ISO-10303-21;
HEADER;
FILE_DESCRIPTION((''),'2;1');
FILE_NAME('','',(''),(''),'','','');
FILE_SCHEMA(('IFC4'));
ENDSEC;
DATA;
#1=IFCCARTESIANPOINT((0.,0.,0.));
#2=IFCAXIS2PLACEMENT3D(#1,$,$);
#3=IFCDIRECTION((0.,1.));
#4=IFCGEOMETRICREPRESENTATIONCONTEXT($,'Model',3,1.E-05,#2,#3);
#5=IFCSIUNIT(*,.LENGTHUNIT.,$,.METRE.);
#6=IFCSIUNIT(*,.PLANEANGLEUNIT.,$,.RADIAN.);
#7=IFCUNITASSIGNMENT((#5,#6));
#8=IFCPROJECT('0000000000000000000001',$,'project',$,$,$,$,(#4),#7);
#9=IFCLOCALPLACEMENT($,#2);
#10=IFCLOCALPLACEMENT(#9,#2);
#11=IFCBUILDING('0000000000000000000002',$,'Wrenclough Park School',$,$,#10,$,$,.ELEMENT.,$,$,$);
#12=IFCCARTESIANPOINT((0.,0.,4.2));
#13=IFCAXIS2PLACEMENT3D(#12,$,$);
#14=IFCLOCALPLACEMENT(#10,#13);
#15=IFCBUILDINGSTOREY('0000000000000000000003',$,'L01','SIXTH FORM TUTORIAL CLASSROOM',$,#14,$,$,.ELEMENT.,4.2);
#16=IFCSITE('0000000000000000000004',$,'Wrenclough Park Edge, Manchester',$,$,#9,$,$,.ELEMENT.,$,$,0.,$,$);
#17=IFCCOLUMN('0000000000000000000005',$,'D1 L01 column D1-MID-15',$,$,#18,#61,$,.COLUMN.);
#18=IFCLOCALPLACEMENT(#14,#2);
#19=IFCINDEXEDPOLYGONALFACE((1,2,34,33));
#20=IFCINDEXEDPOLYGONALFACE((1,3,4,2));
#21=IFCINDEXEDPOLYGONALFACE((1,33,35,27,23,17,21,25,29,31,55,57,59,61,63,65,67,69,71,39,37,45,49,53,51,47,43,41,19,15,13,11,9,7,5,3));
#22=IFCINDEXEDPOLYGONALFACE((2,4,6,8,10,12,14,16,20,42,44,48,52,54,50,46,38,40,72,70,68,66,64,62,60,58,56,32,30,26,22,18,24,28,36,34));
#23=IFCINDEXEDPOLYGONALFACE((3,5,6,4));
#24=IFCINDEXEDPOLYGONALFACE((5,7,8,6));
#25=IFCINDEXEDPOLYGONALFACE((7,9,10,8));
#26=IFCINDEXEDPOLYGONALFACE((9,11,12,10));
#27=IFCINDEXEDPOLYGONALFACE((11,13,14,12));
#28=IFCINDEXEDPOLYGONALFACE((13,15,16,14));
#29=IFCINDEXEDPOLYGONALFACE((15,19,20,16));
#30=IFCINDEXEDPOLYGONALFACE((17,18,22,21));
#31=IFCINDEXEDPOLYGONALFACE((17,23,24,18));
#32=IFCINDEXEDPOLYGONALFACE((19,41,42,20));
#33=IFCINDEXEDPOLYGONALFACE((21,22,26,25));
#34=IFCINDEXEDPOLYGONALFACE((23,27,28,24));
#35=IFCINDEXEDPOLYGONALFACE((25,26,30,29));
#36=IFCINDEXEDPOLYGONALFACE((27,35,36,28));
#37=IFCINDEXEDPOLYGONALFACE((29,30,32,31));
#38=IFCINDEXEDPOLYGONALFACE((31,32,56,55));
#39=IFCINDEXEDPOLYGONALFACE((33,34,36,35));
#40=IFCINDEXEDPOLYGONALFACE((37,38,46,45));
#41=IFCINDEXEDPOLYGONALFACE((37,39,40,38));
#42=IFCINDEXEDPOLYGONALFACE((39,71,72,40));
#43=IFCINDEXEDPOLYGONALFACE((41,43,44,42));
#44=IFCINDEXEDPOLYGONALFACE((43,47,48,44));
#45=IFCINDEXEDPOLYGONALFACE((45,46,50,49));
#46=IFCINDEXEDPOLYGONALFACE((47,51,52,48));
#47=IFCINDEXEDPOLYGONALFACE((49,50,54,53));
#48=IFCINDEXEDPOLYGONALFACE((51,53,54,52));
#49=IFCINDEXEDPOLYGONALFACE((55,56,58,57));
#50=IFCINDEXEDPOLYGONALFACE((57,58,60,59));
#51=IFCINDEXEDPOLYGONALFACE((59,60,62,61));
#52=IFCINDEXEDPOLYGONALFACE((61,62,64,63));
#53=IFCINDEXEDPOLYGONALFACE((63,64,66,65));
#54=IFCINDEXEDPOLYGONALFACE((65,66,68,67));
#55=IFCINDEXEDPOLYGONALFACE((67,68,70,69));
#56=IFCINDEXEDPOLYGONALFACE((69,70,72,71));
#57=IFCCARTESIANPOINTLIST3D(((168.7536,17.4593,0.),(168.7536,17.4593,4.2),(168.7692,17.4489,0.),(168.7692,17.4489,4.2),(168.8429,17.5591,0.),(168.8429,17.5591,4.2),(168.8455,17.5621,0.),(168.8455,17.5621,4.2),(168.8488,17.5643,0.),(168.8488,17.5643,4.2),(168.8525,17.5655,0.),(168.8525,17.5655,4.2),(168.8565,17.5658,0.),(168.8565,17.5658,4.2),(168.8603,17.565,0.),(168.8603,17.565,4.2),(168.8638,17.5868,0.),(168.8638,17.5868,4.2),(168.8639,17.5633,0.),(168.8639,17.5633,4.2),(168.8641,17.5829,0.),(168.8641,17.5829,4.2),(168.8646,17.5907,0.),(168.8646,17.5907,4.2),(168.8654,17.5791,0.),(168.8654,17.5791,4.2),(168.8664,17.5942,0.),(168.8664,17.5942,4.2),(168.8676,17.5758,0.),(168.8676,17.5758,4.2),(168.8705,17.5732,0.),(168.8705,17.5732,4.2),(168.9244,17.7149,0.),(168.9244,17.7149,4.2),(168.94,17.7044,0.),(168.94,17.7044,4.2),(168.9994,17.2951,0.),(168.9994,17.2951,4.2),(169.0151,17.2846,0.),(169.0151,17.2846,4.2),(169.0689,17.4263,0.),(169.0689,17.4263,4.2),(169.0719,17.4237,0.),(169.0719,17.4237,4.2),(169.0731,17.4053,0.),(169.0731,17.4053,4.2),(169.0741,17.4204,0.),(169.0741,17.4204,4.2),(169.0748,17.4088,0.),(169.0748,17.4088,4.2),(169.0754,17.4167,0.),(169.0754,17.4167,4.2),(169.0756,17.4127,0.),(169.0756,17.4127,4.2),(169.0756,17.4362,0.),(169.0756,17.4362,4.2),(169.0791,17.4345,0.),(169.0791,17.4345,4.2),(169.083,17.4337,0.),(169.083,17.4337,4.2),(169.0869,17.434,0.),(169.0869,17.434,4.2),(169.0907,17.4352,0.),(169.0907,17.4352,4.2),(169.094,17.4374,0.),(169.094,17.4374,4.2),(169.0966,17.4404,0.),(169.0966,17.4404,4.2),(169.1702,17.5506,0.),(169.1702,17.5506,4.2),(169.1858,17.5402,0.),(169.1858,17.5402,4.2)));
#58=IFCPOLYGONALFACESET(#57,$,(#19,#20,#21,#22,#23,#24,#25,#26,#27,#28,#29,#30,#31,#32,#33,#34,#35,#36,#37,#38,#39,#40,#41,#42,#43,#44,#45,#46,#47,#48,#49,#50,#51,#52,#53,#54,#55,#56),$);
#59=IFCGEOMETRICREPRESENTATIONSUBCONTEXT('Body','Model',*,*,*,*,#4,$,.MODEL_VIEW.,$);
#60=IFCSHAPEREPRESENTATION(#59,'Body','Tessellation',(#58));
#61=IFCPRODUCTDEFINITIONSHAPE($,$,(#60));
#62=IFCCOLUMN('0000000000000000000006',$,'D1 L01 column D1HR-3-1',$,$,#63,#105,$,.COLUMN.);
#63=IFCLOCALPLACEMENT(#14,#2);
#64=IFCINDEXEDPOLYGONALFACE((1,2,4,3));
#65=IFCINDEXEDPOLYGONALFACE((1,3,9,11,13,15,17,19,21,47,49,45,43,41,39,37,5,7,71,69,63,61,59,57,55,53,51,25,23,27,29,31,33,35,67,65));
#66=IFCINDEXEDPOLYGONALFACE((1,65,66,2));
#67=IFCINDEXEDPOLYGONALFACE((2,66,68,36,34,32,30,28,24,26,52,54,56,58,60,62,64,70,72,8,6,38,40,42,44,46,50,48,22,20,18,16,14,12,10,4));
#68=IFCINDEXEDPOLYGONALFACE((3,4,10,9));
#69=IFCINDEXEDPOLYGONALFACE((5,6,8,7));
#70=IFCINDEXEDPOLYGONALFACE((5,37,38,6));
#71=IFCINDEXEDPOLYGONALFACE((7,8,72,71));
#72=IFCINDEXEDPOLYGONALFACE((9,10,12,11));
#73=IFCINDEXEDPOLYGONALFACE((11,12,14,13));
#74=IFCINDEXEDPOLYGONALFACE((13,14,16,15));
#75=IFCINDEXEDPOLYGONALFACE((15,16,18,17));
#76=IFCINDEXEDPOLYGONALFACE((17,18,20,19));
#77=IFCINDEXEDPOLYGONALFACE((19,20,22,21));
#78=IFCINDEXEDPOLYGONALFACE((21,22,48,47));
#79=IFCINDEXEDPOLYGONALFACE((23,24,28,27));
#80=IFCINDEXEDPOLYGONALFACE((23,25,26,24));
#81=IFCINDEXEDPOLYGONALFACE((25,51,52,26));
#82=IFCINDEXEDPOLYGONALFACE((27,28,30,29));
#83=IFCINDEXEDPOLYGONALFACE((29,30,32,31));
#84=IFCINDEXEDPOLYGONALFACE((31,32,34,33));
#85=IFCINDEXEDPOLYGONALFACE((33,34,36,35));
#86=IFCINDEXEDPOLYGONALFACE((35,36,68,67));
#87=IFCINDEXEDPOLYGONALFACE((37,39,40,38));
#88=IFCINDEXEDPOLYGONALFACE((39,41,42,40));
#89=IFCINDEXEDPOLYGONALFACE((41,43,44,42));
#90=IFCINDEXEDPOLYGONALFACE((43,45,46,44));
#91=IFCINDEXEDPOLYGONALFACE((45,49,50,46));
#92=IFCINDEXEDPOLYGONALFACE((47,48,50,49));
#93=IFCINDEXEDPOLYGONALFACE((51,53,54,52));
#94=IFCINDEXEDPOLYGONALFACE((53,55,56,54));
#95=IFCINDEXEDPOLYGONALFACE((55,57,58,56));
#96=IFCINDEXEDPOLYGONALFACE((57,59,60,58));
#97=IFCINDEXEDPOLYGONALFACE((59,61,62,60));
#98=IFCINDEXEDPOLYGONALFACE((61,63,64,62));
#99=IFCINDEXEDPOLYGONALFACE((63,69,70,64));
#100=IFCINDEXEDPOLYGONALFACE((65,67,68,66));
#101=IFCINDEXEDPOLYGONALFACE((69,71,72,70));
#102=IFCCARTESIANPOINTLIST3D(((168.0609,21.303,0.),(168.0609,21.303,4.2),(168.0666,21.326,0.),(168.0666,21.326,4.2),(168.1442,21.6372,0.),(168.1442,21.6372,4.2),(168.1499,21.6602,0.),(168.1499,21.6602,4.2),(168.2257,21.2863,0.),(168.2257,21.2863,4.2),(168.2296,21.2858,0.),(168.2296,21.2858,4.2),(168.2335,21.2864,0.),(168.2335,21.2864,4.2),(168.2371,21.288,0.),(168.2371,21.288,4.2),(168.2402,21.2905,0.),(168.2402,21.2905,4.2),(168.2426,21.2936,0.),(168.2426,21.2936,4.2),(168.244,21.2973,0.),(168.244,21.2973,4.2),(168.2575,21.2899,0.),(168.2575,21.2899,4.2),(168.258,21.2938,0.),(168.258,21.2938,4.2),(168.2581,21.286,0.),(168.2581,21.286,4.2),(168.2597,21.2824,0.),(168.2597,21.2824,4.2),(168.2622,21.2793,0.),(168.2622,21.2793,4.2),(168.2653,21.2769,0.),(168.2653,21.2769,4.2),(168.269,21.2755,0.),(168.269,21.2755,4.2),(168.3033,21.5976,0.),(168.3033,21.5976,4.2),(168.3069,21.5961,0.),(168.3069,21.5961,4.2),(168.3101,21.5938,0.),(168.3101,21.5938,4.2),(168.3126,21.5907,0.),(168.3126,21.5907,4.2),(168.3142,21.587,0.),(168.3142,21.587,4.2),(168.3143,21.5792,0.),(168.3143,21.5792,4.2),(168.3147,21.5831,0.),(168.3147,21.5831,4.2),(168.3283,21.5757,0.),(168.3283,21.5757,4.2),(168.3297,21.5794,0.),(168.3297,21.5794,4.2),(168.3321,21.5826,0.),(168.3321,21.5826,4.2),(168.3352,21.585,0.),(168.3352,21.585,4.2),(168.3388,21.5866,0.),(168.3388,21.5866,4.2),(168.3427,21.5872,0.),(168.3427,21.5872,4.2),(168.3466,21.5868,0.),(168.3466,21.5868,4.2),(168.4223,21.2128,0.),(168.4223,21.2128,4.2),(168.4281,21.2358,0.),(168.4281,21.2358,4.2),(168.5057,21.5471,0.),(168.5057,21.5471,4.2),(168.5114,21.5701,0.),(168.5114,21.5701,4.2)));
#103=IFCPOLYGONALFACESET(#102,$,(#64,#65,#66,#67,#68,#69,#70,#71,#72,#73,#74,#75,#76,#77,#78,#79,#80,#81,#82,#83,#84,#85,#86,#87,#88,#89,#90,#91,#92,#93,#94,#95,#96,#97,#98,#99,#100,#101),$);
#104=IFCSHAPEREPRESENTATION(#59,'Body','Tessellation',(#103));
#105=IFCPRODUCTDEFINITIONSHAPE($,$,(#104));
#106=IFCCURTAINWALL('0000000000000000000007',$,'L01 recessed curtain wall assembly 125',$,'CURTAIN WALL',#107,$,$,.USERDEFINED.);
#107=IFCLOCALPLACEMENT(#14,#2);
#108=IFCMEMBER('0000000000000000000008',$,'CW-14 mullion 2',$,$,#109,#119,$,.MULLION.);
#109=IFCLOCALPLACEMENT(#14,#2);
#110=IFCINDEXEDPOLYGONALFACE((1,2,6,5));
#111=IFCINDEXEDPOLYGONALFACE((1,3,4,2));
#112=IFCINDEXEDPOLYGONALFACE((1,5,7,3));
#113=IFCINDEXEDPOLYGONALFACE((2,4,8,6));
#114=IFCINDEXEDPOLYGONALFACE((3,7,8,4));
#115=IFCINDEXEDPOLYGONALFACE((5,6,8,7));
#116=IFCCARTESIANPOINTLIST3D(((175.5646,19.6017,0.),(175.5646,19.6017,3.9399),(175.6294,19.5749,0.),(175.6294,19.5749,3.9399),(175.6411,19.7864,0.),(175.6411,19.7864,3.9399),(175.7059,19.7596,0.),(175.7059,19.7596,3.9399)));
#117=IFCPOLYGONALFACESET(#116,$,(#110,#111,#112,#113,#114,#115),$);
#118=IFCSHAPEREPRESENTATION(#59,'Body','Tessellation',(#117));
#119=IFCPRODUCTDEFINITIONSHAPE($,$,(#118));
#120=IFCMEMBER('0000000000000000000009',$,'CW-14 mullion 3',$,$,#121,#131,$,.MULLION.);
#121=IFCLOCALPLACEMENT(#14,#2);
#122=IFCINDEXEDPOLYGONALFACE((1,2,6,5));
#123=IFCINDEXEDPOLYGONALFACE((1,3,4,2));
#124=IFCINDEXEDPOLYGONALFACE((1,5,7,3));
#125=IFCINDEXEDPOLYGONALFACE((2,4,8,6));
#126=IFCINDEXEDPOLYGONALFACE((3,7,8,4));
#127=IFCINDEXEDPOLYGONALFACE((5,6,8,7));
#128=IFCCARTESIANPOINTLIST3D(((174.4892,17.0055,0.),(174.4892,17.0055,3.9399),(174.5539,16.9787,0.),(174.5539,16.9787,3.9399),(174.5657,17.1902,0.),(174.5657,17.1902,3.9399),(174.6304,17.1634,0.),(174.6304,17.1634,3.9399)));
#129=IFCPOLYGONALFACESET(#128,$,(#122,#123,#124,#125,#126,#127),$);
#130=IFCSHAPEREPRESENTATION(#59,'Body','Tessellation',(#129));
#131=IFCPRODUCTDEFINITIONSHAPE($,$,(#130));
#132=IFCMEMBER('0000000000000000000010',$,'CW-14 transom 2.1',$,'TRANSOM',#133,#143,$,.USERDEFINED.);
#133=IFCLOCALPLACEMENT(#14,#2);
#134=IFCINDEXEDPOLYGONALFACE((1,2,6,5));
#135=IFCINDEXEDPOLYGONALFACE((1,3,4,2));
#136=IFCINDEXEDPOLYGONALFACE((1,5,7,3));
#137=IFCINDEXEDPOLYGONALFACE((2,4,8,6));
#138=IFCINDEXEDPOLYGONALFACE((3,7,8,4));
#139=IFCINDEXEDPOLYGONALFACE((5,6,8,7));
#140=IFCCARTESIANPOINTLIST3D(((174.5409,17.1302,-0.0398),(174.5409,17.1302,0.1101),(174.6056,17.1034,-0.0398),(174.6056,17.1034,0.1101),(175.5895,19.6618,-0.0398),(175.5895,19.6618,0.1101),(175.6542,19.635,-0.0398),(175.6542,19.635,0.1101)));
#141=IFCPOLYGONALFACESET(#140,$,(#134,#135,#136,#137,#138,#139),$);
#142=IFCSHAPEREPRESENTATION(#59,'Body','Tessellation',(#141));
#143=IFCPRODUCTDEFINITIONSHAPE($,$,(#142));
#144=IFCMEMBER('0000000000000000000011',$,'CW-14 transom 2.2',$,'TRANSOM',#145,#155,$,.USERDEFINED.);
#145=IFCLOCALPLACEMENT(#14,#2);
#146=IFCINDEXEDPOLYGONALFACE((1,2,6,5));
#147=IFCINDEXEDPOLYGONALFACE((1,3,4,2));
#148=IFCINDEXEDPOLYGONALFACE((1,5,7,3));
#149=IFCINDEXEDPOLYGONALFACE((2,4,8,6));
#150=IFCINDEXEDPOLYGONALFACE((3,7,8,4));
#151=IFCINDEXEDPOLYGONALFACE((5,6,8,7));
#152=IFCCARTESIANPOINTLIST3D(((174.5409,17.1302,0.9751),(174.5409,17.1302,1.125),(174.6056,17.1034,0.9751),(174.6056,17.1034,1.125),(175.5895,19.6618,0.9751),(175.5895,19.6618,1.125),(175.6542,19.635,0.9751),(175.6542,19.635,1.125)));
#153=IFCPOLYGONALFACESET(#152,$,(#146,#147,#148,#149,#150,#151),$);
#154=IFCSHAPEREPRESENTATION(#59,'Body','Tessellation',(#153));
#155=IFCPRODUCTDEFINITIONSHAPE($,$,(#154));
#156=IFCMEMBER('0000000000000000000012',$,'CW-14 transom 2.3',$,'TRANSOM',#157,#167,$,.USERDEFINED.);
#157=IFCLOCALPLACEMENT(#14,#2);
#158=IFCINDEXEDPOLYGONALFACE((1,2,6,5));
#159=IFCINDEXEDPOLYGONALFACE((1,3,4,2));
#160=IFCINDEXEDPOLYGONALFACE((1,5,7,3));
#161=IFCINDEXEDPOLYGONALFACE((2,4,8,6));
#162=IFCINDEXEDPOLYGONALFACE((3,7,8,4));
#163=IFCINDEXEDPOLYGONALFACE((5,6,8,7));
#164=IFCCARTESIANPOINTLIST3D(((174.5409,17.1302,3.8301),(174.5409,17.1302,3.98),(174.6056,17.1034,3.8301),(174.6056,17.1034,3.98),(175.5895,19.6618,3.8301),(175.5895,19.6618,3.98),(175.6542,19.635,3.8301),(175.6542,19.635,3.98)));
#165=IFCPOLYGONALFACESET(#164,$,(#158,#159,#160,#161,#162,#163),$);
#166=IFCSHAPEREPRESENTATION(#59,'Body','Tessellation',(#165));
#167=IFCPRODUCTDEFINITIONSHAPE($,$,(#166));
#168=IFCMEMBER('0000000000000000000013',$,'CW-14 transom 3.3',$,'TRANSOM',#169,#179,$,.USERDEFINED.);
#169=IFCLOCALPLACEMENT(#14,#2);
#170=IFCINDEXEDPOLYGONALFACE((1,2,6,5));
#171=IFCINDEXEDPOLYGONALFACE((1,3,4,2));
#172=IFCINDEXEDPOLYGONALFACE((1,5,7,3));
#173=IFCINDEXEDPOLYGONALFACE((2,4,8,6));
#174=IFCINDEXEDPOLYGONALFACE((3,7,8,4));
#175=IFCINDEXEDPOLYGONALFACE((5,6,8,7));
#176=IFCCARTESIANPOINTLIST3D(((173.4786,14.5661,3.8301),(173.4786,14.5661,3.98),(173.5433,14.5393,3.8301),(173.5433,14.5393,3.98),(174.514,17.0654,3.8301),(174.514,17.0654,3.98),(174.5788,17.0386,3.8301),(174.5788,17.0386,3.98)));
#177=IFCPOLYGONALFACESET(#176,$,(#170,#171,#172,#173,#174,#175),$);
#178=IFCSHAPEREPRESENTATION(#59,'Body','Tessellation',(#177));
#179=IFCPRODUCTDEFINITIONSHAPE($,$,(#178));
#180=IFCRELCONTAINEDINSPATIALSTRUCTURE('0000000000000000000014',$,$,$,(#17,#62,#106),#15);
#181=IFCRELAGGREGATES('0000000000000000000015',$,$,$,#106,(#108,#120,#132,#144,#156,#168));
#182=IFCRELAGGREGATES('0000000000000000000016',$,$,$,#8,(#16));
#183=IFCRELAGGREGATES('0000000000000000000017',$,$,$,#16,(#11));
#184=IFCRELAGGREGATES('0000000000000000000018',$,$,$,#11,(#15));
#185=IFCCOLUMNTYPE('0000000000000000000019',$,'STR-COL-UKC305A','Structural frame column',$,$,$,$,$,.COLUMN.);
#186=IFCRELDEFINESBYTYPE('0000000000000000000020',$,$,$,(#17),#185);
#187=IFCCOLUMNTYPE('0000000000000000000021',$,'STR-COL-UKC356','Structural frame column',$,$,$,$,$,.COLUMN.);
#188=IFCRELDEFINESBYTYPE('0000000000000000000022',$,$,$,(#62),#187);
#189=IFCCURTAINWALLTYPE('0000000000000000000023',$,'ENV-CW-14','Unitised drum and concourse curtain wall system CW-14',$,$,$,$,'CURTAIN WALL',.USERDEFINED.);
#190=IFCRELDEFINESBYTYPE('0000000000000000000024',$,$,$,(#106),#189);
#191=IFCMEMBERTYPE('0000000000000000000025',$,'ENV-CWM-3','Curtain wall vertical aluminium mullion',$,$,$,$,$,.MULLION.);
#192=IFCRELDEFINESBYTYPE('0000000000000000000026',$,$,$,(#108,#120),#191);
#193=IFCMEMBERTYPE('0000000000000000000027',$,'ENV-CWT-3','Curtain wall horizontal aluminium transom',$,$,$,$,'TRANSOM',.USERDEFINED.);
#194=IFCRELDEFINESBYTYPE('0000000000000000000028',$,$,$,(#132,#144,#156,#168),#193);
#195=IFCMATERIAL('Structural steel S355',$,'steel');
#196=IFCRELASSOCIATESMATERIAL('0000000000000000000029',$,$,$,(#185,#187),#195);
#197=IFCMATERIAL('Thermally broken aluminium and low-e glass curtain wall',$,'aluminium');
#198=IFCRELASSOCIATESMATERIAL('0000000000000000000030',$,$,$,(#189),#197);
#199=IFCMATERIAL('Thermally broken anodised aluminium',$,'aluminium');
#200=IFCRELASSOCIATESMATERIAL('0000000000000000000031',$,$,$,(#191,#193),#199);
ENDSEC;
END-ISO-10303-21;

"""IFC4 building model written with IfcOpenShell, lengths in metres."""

from ifc_helpers import new_model, si_unit, direction, frame, origin, origin_2d, place, context, subcontext, project, spatial, rectangle, i_section, extrude, material, material_profile, profile_set, type_object, element, aggregate, save


model = new_model("IFC4")

# Units and contexts
model_context = context("Model", 3, precision=1e-05, world=origin(), true_north=direction((0.0, 1.0)))
body_context = subcontext(model_context, "Body", "Model", "MODEL_VIEW")
ifc_project = project(units=[si_unit("LENGTHUNIT", "METRE"), si_unit("PLANEANGLEUNIT", "RADIAN")], contexts=[model_context])

# Site, building, storey
site_placement = place(None, origin())
site = spatial("IfcSite", under=ifc_project, at=site_placement, Name="Wrenclough Park Edge, Manchester", CompositionType="ELEMENT", RefElevation=0.0)
building_placement = place(site_placement, origin())
building = spatial("IfcBuilding", under=site, at=building_placement, Name="Wrenclough Park School", CompositionType="ELEMENT")
storey_placement = place(building_placement, frame((0.0, 0.0, 4.2)))
storey = spatial("IfcBuildingStorey", under=building, at=storey_placement, Name="L01", Description="SIXTH FORM TUTORIAL CLASSROOM", CompositionType="ELEMENT", Elevation=4.2)

# Columns
ifc_material_1 = material(Name="Structural steel S355", Category="steel")
ifc_material_profile_1 = material_profile(ifc_material_1, i_section(OverallWidth=0.3074, OverallDepth=0.3145, WebThickness=0.012, FlangeThickness=0.0188, FilletRadius=0.0151, at=origin_2d()), Name="UKC 305x305x118")
ifc_profile_set_1 = profile_set([ifc_material_profile_1], Name="Structural steel S355")
column_type_1 = type_object("IfcColumnType", Name="STR-COL-UKC305A", Description="Structural frame column", PredefinedType="COLUMN", material=ifc_profile_set_1)
column_1_placement = place(storey_placement, frame((168.9697, 17.4998, 0.0), z_axis=(0.0, 0.0, 1.0), x_axis=(0.55557, 0.83147, 0.0)))
element("IfcColumn", 1, at=column_1_placement, inside=storey, type_object=column_type_1, Name="D1 L01 column D1-MID-15", PredefinedType="COLUMN", context=body_context, shape_type="SweptSolid", body=[
    extrude(i_section(OverallWidth=0.3074, OverallDepth=0.3145, WebThickness=0.012, FlangeThickness=0.0188, FilletRadius=0.0151, at=origin_2d()), origin(), (0.0, 0.0, 1.0), 4.2),
])
ifc_material_profile_2 = material_profile(ifc_material_1, i_section(OverallWidth=0.3726, OverallDepth=0.3682, WebThickness=0.0144, FlangeThickness=0.0237, FilletRadius=0.0151, at=origin_2d()), Name="UKC 356x368x177")
ifc_profile_set_2 = profile_set([ifc_material_profile_2], Name="Structural steel S355")
column_type_2 = type_object("IfcColumnType", Name="STR-COL-UKC356", Description="Structural frame column", PredefinedType="COLUMN", material=ifc_profile_set_2)
column_2_placement = place(storey_placement, frame((168.2861, 21.4365, 0.0), z_axis=(0.0, 0.0, 1.0), x_axis=(0.970296, -0.241922, 0.0)))
element("IfcColumn", 2, at=column_2_placement, inside=storey, type_object=column_type_2, Name="D1 L01 column D1HR-3-1", PredefinedType="COLUMN", context=body_context, shape_type="SweptSolid", body=[
    extrude(i_section(OverallWidth=0.3726, OverallDepth=0.3682, WebThickness=0.0144, FlangeThickness=0.0237, FilletRadius=0.0151, at=origin_2d()), origin(), (0.0, 0.0, 1.0), 4.2),
])

# Curtain wall, members
ifc_material_2 = material(Name="Thermally broken aluminium and low-e glass curtain wall", Category="aluminium")
curtain_wall_type = type_object("IfcCurtainWallType", Name="ENV-CW-14", Description="Unitised drum and concourse curtain wall system CW-14", ElementType="CURTAIN WALL", PredefinedType="USERDEFINED", material=ifc_material_2)
curtain_wall_placement = place(storey_placement, origin())
curtain_wall = element("IfcCurtainWall", 3, at=curtain_wall_placement, inside=storey, type_object=curtain_wall_type, Name="L01 recessed curtain wall assembly 125", ObjectType="CURTAIN WALL", PredefinedType="USERDEFINED")
ifc_material_3 = material(Name="Thermally broken anodised aluminium", Category="aluminium")
ifc_material_profile_3 = material_profile(ifc_material_3, rectangle(XDim=0.0701, YDim=0.2, at=origin_2d()), Name="AL MULLION 70x200")
ifc_profile_set_3 = profile_set([ifc_material_profile_3], Name="Thermally broken anodised aluminium")
member_type_1 = type_object("IfcMemberType", Name="ENV-CWM-3", Description="Curtain wall vertical aluminium mullion", PredefinedType="MULLION", material=ifc_profile_set_3)
member_1_placement = place(storey_placement, frame((175.6353, 19.6807, 0.0), z_axis=(0.0, 0.0, 1.0), x_axis=(0.923878, -0.382687, 0.0)))
member_1 = element("IfcMember", 4, at=member_1_placement, type_object=member_type_1, Name="CW-14 mullion 2", PredefinedType="MULLION", context=body_context, shape_type="SweptSolid", body=[
    extrude(rectangle(XDim=0.0701, YDim=0.2, at=origin_2d()), origin(), (0.0, 0.0, 1.0), 3.9399),
])
member_2_placement = place(storey_placement, frame((174.5598, 17.0845, 0.0), z_axis=(0.0, 0.0, 1.0), x_axis=(0.923878, -0.382687, 0.0)))
member_2 = element("IfcMember", 5, at=member_2_placement, type_object=member_type_1, Name="CW-14 mullion 3", PredefinedType="MULLION", context=body_context, shape_type="SweptSolid", body=[
    extrude(rectangle(XDim=0.0701, YDim=0.2, at=origin_2d()), origin(), (0.0, 0.0, 1.0), 3.9399),
])
ifc_material_profile_4 = material_profile(ifc_material_3, rectangle(XDim=0.0701, YDim=0.1499, at=origin_2d()), Name="AL TRANSOM 70x150")
ifc_profile_set_4 = profile_set([ifc_material_profile_4], Name="Thermally broken anodised aluminium")
member_type_2 = type_object("IfcMemberType", Name="ENV-CWT-3", Description="Curtain wall horizontal aluminium transom", ElementType="TRANSOM", PredefinedType="USERDEFINED", material=ifc_profile_set_4)
member_3_placement = place(storey_placement, frame((175.6218, 19.6484, 0.0352), z_axis=(-0.382653, -0.923892, 0.0), x_axis=(0.923892, -0.382653, 0.0)))
member_3 = element("IfcMember", 6, at=member_3_placement, type_object=member_type_2, Name="CW-14 transom 2.1", ObjectType="TRANSOM", PredefinedType="USERDEFINED", context=body_context, shape_type="SweptSolid", body=[
    extrude(rectangle(XDim=0.0701, YDim=0.1499, at=origin_2d()), origin(), (0.0, 0.0, 1.0), 2.7402),
])
member_4_placement = place(storey_placement, frame((175.6218, 19.6484, 1.05), z_axis=(-0.382653, -0.923892, 0.0), x_axis=(0.923892, -0.382653, 0.0)))
member_4 = element("IfcMember", 7, at=member_4_placement, type_object=member_type_2, Name="CW-14 transom 2.2", ObjectType="TRANSOM", PredefinedType="USERDEFINED", context=body_context, shape_type="SweptSolid", body=[
    extrude(rectangle(XDim=0.0701, YDim=0.1499, at=origin_2d()), origin(), (0.0, 0.0, 1.0), 2.7402),
])
member_5_placement = place(storey_placement, frame((175.6218, 19.6484, 3.905), z_axis=(-0.382653, -0.923892, 0.0), x_axis=(0.923892, -0.382653, 0.0)))
member_5 = element("IfcMember", 8, at=member_5_placement, type_object=member_type_2, Name="CW-14 transom 2.3", ObjectType="TRANSOM", PredefinedType="USERDEFINED", context=body_context, shape_type="SweptSolid", body=[
    extrude(rectangle(XDim=0.0701, YDim=0.1499, at=origin_2d()), origin(), (0.0, 0.0, 1.0), 2.7402),
])
member_6_placement = place(storey_placement, frame((174.5464, 17.052, 3.905), z_axis=(-0.382737, -0.923857, 0.0), x_axis=(0.923857, -0.382737, 0.0)))
member_6 = element("IfcMember", 9, at=member_6_placement, type_object=member_type_2, Name="CW-14 transom 3.3", ObjectType="TRANSOM", PredefinedType="USERDEFINED", context=body_context, shape_type="SweptSolid", body=[
    extrude(rectangle(XDim=0.0701, YDim=0.1499, at=origin_2d()), origin(), (0.0, 0.0, 1.0), 2.7053),
])

aggregate(curtain_wall, [member_1, member_2, member_3, member_4, member_5, member_6])

save(model, "model.ifc")
